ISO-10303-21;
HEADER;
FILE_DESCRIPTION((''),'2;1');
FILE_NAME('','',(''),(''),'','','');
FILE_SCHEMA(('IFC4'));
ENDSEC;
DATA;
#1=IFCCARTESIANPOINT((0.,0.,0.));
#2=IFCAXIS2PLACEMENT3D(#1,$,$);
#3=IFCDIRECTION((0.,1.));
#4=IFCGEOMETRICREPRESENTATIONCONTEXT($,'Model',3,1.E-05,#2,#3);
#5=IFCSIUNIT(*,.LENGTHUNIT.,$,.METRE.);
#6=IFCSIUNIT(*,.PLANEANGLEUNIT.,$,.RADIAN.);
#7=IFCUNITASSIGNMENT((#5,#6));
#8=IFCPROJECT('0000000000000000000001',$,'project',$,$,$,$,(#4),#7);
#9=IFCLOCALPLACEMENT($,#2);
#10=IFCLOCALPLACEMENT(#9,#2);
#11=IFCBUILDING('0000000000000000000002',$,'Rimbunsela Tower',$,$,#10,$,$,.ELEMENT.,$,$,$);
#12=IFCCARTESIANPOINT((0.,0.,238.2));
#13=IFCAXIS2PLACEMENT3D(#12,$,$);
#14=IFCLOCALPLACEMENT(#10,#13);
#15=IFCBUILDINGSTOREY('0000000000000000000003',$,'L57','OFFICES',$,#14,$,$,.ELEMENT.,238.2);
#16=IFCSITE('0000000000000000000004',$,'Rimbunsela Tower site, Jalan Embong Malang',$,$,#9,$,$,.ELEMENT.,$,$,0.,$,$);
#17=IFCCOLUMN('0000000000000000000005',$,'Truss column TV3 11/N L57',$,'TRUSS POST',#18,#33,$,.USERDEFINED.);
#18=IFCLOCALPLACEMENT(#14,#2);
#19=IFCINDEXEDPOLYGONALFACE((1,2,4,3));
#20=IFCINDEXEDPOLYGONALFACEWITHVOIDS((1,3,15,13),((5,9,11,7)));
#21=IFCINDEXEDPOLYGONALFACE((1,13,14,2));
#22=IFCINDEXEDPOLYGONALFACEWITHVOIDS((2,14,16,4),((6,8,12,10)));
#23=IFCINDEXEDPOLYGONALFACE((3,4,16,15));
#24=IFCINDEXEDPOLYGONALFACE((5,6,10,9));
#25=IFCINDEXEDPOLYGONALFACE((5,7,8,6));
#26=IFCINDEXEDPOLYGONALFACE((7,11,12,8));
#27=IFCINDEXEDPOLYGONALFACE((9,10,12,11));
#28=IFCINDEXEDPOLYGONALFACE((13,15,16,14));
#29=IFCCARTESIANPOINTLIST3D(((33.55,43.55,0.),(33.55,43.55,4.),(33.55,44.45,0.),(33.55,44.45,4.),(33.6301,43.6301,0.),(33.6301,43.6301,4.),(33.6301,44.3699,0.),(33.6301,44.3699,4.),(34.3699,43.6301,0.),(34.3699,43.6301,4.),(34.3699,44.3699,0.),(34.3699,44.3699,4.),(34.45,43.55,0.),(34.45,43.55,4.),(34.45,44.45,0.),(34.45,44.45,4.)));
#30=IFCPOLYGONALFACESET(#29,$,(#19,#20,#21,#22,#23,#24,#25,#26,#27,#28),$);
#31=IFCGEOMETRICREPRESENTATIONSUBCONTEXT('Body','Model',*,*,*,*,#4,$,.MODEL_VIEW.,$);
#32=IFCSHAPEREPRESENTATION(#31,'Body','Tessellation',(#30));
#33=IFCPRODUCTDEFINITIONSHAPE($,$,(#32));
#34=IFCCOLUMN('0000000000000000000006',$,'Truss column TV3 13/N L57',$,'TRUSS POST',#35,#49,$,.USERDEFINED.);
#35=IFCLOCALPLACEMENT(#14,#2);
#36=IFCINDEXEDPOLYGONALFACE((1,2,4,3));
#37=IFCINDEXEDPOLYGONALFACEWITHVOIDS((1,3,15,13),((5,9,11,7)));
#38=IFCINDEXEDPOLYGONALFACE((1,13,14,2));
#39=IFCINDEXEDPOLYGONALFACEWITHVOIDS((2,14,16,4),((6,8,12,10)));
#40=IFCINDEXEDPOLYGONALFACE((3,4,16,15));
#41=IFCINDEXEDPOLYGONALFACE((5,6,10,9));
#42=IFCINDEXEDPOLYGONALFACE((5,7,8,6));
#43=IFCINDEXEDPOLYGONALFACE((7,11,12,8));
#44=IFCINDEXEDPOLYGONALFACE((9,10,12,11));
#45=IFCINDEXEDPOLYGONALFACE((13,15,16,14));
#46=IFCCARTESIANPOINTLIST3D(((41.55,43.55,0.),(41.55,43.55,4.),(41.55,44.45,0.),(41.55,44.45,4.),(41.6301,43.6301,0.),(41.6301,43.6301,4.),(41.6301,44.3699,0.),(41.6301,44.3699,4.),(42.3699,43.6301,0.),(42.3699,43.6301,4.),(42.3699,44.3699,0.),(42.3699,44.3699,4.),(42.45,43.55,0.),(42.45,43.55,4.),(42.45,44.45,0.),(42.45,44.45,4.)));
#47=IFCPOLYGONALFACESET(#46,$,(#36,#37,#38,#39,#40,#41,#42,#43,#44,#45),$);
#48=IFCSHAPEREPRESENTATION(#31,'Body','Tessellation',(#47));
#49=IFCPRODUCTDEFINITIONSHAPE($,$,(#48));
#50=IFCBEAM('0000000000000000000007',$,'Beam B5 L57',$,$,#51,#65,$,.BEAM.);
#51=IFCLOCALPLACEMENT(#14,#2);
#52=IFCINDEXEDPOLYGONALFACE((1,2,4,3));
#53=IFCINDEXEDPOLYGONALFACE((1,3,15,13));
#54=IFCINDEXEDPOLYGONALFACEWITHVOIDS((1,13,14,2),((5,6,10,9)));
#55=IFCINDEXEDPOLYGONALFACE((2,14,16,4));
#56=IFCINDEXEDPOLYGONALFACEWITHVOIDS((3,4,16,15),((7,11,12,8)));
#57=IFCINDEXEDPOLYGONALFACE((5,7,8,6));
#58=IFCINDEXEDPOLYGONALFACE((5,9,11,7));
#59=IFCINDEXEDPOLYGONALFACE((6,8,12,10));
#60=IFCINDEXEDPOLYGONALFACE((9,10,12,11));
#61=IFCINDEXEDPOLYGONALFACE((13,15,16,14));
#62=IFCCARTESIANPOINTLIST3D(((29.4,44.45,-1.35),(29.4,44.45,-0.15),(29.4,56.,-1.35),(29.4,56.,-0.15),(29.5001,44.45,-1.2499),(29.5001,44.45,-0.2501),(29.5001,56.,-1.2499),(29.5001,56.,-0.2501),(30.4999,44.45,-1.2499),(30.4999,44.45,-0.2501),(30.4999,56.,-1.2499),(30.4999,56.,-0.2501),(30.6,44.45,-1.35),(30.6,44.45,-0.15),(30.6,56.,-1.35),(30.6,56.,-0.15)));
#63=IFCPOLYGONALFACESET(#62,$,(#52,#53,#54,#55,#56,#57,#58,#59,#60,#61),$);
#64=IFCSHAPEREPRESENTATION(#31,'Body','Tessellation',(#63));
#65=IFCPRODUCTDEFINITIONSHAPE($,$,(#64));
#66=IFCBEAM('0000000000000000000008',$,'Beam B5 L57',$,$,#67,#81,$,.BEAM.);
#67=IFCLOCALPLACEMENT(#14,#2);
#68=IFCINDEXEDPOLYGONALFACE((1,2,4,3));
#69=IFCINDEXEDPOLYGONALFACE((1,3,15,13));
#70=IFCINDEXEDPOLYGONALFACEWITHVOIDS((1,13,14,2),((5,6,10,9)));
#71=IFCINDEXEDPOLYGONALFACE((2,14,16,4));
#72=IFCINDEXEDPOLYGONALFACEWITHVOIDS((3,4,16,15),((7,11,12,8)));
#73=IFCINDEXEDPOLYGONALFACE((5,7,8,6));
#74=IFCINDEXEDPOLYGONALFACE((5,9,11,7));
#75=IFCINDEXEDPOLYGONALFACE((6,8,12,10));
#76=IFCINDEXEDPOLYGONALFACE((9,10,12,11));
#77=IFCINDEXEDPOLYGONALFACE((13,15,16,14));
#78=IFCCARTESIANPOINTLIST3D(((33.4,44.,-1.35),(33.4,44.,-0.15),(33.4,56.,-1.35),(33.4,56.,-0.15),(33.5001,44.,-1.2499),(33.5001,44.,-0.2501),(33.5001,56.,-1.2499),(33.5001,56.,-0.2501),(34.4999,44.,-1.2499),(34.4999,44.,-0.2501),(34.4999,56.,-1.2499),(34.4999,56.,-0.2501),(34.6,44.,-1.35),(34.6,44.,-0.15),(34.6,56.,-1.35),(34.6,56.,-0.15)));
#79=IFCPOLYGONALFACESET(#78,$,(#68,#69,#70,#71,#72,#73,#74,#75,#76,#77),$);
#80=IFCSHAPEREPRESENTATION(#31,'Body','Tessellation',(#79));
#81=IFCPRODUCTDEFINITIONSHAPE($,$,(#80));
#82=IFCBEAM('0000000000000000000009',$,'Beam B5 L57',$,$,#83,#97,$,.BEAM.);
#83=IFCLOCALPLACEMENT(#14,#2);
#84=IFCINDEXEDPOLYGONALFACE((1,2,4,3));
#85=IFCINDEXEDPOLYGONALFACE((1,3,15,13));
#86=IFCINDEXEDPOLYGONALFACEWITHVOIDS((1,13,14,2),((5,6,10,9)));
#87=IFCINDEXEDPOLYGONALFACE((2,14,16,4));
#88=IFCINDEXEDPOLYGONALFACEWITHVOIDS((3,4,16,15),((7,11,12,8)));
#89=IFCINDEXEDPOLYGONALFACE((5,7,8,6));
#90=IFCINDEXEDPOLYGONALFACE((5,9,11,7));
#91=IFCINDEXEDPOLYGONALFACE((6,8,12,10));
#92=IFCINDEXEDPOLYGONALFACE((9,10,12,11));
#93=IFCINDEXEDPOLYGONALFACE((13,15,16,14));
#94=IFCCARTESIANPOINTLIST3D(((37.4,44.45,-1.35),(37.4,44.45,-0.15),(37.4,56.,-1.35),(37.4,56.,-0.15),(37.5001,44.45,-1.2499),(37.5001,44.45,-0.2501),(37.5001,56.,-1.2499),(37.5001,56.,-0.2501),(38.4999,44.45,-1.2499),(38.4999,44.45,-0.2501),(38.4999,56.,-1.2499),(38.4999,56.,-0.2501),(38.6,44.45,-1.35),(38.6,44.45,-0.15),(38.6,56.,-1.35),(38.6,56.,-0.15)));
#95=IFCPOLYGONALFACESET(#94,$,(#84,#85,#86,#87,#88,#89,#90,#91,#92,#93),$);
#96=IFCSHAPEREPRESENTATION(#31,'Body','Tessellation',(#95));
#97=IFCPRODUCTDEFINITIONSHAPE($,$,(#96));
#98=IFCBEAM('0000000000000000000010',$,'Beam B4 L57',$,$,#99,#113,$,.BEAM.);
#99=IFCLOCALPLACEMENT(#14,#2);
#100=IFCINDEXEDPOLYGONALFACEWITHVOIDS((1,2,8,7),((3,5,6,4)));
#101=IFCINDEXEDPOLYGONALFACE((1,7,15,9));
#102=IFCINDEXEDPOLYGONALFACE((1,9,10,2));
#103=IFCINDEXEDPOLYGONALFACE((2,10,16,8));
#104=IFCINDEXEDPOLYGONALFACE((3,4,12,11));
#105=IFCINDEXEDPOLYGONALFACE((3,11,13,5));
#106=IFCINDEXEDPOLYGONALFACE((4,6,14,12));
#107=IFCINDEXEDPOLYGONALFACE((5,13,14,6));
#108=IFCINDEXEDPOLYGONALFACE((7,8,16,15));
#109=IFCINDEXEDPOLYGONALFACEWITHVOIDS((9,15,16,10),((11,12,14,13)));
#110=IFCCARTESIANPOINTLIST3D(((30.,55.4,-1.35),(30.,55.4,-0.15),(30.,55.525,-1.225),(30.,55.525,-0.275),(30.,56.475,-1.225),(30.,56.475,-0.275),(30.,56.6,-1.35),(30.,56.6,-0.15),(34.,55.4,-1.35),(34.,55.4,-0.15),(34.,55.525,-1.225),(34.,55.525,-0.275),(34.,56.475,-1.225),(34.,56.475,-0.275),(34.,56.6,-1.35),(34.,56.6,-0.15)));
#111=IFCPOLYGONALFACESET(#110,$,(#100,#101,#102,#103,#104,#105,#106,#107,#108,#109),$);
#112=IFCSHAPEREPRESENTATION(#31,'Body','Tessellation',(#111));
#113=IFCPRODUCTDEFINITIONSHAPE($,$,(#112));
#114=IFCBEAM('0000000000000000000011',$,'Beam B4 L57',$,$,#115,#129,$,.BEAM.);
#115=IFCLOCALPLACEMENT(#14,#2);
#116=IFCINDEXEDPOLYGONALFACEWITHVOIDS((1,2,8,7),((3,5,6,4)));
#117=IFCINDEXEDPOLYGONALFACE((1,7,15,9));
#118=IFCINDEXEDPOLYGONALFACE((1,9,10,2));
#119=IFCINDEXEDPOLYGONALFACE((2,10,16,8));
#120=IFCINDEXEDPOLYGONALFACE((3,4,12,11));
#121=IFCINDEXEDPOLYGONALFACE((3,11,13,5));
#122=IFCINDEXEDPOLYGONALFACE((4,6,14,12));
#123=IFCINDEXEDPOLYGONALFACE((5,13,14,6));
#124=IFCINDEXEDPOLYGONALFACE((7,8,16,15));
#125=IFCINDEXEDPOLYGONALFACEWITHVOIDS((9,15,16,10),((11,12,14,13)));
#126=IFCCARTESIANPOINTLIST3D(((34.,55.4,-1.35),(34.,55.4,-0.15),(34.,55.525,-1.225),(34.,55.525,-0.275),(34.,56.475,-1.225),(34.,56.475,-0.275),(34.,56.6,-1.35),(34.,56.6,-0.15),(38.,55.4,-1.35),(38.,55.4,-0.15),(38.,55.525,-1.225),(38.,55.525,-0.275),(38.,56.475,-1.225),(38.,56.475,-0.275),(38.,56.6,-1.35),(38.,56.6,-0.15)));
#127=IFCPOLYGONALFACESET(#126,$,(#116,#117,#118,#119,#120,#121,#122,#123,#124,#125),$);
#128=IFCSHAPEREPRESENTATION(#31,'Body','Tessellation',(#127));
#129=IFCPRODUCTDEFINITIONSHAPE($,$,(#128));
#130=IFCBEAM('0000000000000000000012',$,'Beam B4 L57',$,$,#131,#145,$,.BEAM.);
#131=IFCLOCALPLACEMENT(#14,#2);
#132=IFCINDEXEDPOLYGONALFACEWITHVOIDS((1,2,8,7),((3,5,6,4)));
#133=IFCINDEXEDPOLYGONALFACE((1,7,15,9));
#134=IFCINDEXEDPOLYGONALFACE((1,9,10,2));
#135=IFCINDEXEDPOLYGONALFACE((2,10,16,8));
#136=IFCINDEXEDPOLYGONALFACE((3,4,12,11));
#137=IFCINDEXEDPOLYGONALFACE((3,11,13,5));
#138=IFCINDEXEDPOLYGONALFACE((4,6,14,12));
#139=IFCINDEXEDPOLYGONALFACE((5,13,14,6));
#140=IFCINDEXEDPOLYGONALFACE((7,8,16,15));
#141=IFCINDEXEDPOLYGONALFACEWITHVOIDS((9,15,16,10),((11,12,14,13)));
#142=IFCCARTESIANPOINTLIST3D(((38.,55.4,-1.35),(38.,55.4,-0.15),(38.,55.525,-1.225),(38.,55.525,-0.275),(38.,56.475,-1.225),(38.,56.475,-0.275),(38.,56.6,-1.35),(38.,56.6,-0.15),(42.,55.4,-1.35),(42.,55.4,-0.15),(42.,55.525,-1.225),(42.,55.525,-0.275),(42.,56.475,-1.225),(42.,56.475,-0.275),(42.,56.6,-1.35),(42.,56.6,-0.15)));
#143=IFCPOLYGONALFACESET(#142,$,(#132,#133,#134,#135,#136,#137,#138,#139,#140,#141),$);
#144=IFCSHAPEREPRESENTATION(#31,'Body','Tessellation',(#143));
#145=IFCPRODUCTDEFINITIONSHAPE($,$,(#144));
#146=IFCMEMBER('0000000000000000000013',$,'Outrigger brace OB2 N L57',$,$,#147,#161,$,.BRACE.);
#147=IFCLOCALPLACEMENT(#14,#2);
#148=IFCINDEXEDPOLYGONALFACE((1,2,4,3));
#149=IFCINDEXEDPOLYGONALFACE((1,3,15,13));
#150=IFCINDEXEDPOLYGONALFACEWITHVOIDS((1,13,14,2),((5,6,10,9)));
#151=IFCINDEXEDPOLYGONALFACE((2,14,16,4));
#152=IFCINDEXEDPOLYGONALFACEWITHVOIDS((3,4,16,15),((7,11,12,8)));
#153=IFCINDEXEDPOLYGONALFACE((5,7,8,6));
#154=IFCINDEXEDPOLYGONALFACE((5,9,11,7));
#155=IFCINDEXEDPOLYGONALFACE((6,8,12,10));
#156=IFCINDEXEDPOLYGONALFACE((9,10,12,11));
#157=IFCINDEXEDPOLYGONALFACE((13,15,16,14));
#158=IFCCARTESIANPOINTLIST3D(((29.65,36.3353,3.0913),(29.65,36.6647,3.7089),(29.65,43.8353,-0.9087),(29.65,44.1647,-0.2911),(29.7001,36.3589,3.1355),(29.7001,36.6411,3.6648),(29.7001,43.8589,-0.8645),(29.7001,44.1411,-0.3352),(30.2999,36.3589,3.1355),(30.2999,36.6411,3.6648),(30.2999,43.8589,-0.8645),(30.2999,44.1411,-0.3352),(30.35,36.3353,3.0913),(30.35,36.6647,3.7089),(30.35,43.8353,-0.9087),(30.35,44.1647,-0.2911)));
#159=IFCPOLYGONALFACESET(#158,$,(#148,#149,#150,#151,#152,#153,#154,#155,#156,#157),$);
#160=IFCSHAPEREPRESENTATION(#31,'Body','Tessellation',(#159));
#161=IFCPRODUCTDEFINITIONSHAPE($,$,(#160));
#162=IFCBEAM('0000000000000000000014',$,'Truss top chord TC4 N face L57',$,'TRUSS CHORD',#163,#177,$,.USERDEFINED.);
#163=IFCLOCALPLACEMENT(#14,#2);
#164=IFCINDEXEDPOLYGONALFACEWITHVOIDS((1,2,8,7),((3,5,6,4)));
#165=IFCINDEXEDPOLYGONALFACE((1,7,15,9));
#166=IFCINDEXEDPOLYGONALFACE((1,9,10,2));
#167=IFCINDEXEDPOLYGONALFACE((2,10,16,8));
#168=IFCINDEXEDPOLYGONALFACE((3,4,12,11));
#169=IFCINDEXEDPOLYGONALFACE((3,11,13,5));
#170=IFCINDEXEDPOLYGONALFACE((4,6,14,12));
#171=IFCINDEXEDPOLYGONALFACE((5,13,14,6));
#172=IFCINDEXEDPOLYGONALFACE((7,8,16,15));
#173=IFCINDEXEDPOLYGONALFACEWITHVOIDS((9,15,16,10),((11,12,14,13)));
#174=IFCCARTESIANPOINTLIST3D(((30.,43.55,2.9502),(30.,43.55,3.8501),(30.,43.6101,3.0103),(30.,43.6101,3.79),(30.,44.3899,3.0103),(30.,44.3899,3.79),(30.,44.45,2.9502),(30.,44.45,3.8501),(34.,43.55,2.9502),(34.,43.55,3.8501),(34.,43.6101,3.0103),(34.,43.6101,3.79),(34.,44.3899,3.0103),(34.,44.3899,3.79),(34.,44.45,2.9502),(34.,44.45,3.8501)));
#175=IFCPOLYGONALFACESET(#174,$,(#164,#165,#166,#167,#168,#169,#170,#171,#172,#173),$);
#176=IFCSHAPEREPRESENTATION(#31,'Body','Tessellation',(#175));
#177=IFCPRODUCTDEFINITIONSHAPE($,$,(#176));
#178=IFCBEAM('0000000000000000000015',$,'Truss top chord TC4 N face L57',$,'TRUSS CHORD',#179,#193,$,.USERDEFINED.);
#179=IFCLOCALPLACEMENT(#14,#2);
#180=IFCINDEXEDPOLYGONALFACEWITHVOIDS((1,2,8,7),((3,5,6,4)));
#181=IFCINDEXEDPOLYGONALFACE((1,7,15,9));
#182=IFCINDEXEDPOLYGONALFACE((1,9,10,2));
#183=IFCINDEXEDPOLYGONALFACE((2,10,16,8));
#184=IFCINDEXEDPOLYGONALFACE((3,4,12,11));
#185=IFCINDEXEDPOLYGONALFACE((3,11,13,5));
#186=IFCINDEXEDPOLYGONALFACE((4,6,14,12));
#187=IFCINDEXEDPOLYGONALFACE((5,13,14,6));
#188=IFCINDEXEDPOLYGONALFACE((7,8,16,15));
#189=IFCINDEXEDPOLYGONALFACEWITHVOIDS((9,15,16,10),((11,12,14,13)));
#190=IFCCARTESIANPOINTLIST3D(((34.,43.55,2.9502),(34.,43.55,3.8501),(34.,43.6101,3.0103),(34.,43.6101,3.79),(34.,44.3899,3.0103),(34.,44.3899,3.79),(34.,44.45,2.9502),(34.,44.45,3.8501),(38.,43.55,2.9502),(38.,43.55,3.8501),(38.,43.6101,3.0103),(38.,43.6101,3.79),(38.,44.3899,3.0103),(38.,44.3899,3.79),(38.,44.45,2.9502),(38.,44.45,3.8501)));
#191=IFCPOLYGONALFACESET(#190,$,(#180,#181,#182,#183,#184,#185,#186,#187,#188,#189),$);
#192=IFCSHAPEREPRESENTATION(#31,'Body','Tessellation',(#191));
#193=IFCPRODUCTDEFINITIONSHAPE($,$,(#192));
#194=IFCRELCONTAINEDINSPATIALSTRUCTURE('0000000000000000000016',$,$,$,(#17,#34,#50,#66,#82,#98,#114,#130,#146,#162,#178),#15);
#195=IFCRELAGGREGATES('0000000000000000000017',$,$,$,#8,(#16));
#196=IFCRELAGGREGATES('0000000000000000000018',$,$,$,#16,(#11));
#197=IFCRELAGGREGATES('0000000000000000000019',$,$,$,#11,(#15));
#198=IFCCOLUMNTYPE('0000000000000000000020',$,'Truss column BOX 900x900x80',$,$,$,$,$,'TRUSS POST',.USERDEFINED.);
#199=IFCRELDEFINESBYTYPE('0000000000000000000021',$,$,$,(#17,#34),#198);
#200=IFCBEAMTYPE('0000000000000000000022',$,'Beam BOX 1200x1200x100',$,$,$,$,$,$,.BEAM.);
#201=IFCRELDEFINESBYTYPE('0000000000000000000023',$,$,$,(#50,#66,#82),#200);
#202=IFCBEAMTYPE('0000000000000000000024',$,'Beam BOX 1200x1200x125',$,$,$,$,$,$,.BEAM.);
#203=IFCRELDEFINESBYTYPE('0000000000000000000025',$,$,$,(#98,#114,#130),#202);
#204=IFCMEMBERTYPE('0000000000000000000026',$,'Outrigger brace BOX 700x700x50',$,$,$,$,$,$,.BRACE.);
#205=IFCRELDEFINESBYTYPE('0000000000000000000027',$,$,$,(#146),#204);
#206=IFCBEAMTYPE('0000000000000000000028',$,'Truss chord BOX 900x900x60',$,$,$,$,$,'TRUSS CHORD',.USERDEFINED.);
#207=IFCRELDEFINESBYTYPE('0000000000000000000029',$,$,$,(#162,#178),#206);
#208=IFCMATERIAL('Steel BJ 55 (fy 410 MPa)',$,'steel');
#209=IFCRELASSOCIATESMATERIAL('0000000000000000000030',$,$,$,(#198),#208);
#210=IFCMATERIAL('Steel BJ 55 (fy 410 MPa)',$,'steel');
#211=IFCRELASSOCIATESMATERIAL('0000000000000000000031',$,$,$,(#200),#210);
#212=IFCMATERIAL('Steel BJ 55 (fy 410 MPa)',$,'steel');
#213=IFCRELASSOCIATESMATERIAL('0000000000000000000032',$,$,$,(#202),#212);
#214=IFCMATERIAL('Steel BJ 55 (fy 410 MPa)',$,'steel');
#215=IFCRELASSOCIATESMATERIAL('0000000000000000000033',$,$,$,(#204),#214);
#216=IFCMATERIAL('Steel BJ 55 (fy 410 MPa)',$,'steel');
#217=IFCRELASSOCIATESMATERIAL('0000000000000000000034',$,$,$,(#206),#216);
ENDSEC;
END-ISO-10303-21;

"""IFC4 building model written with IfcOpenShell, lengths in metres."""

from ifc_helpers import new_model, si_unit, direction, frame, origin, origin_2d, place, context, subcontext, project, spatial, hollow_rectangle, extrude, material, material_profile, profile_set, type_object, element, save


model = new_model("IFC4")

# Units and contexts
model_context = context("Model", 3, precision=1e-05, world=origin(), true_north=direction((0.0, 1.0)))
body_context = subcontext(model_context, "Body", "Model", "MODEL_VIEW")
ifc_project = project(units=[si_unit("LENGTHUNIT", "METRE"), si_unit("PLANEANGLEUNIT", "RADIAN")], contexts=[model_context])

# Site, building, storey
site_placement = place(None, origin())
site = spatial("IfcSite", under=ifc_project, at=site_placement, Name="Rimbunsela Tower site, Jalan Embong Malang", CompositionType="ELEMENT", RefElevation=0.0)
building_placement = place(site_placement, origin())
building = spatial("IfcBuilding", under=site, at=building_placement, Name="Rimbunsela Tower", CompositionType="ELEMENT")
storey_placement = place(building_placement, frame((0.0, 0.0, 238.2)))
storey = spatial("IfcBuildingStorey", under=building, at=storey_placement, Name="L57", Description="OFFICES", CompositionType="ELEMENT", Elevation=238.2)

# Columns
ifc_material_1 = material(Name="Steel BJ 55 (fy 410 MPa)", Category="steel")
ifc_material_profile_1 = material_profile(ifc_material_1, hollow_rectangle(XDim=0.8999, YDim=0.8999, WallThickness=0.0801, at=origin_2d()), Name="BOX 900x900x80")
ifc_profile_set_1 = profile_set([ifc_material_profile_1], Name="Steel BJ 55 (fy 410 MPa)")
column_type = type_object("IfcColumnType", Name="Truss column BOX 900x900x80", ElementType="TRUSS POST", PredefinedType="USERDEFINED", material=ifc_profile_set_1)
for number, where, z_axis, x_axis, name in (
    (1, (34.0, 44.0, 0.0), (0.0, 0.0, 1.0), (1.0, 0.0, 0.0), "Truss column TV3 11/N L57"),
    (2, (42.0, 44.0, 0.0), (0.0, 0.0, 1.0), (1.0, 0.0, 0.0), "Truss column TV3 13/N L57"),
):
    element("IfcColumn", number, at=place(storey_placement, frame(where, z_axis=z_axis, x_axis=x_axis)), inside=storey, type_object=column_type, Name=name, ObjectType="TRUSS POST", PredefinedType="USERDEFINED", context=body_context, shape_type="SweptSolid", body=[
        extrude(hollow_rectangle(XDim=0.8999, YDim=0.8999, WallThickness=0.0801, at=origin_2d()), origin(), (0.0, 0.0, 1.0), 4.0),
    ])

# Beams
ifc_material_2 = material(Name="Steel BJ 55 (fy 410 MPa)", Category="steel")
ifc_material_profile_2 = material_profile(ifc_material_2, hollow_rectangle(XDim=1.2, YDim=1.2, WallThickness=0.1001, at=origin_2d()), Name="BOX 1200x1200x100")
ifc_profile_set_2 = profile_set([ifc_material_profile_2], Name="Steel BJ 55 (fy 410 MPa)")
beam_type_1 = type_object("IfcBeamType", Name="Beam BOX 1200x1200x100", PredefinedType="BEAM", material=ifc_profile_set_2)
beam_1_placement = place(storey_placement, frame((30.0, 44.45, -0.75), z_axis=(0.0, 1.0, 0.0), x_axis=(-1.0, 0.0, 0.0)))
element("IfcBeam", 3, at=beam_1_placement, inside=storey, type_object=beam_type_1, Name="Beam B5 L57", PredefinedType="BEAM", context=body_context, shape_type="SweptSolid", body=[
    extrude(hollow_rectangle(XDim=1.2, YDim=1.2, WallThickness=0.1001, at=origin_2d()), origin(), (0.0, 0.0, 1.0), 11.55),
])
beam_2_placement = place(storey_placement, frame((34.0, 44.0, -0.75), z_axis=(0.0, 1.0, 0.0), x_axis=(-1.0, 0.0, 0.0)))
element("IfcBeam", 4, at=beam_2_placement, inside=storey, type_object=beam_type_1, Name="Beam B5 L57", PredefinedType="BEAM", context=body_context, shape_type="SweptSolid", body=[
    extrude(hollow_rectangle(XDim=1.2, YDim=1.2, WallThickness=0.1001, at=origin_2d()), origin(), (0.0, 0.0, 1.0), 12.0),
])
beam_3_placement = place(storey_placement, frame((38.0, 44.45, -0.75), z_axis=(0.0, 1.0, 0.0), x_axis=(-1.0, 0.0, 0.0)))
element("IfcBeam", 5, at=beam_3_placement, inside=storey, type_object=beam_type_1, Name="Beam B5 L57", PredefinedType="BEAM", context=body_context, shape_type="SweptSolid", body=[
    extrude(hollow_rectangle(XDim=1.2, YDim=1.2, WallThickness=0.1001, at=origin_2d()), origin(), (0.0, 0.0, 1.0), 11.55),
])
ifc_material_3 = material(Name="Steel BJ 55 (fy 410 MPa)", Category="steel")
ifc_material_profile_3 = material_profile(ifc_material_3, hollow_rectangle(XDim=1.2, YDim=1.2, WallThickness=0.125, at=origin_2d()), Name="BOX 1200x1200x125")
ifc_profile_set_3 = profile_set([ifc_material_profile_3], Name="Steel BJ 55 (fy 410 MPa)")
beam_type_2 = type_object("IfcBeamType", Name="Beam BOX 1200x1200x125", PredefinedType="BEAM", material=ifc_profile_set_3)
for number, where, z_axis, x_axis, name in (
    (6, (30.0, 56.0, -0.75), (1.0, 0.0, 0.0), (0.0, 1.0, 0.0), "Beam B4 L57"),
    (7, (34.0, 56.0, -0.75), (1.0, 0.0, 0.0), (0.0, 1.0, 0.0), "Beam B4 L57"),
    (8, (38.0, 56.0, -0.75), (1.0, 0.0, 0.0), (0.0, 1.0, 0.0), "Beam B4 L57"),
):
    element("IfcBeam", number, at=place(storey_placement, frame(where, z_axis=z_axis, x_axis=x_axis)), inside=storey, type_object=beam_type_2, Name=name, PredefinedType="BEAM", context=body_context, shape_type="SweptSolid", body=[
        extrude(hollow_rectangle(XDim=1.2, YDim=1.2, WallThickness=0.125, at=origin_2d()), origin(), (0.0, 0.0, 1.0), 4.0),
    ])

# Member
ifc_material_4 = material(Name="Steel BJ 55 (fy 410 MPa)", Category="steel")
ifc_material_profile_4 = material_profile(ifc_material_4, hollow_rectangle(XDim=0.7, YDim=0.7, WallThickness=0.05, at=origin_2d()), Name="BOX 700x700x50")
ifc_profile_set_4 = profile_set([ifc_material_profile_4], Name="Steel BJ 55 (fy 410 MPa)")
member_type_1 = type_object("IfcMemberType", Name="Outrigger brace BOX 700x700x50", PredefinedType="BRACE", material=ifc_profile_set_4)
member_placement = place(storey_placement, frame((30.0, 44.0, -0.5999), z_axis=(0.0, -0.882353, 0.470588), x_axis=(1.0, 0.0, 0.0)))
element("IfcMember", 9, at=member_placement, inside=storey, type_object=member_type_1, Name="Outrigger brace OB2 N L57", PredefinedType="BRACE", context=body_context, shape_type="SweptSolid", body=[
    extrude(hollow_rectangle(XDim=0.7, YDim=0.7, WallThickness=0.05, at=origin_2d()), origin(), (0.0, 0.0, 1.0), 8.5),
])

# Beams
ifc_material_5 = material(Name="Steel BJ 55 (fy 410 MPa)", Category="steel")
ifc_material_profile_5 = material_profile(ifc_material_5, hollow_rectangle(XDim=0.8999, YDim=0.8999, WallThickness=0.0601, at=origin_2d()), Name="BOX 900x900x60")
ifc_profile_set_5 = profile_set([ifc_material_profile_5], Name="Steel BJ 55 (fy 410 MPa)")
beam_type_3 = type_object("IfcBeamType", Name="Truss chord BOX 900x900x60", ElementType="TRUSS CHORD", PredefinedType="USERDEFINED", material=ifc_profile_set_5)
for number, where, z_axis, x_axis, name in (
    (10, (30.0, 44.0, 3.4001), (1.0, 0.0, 0.0), (0.0, 1.0, 0.0), "Truss top chord TC4 N face L57"),
    (11, (34.0, 44.0, 3.4001), (1.0, 0.0, 0.0), (0.0, 1.0, 0.0), "Truss top chord TC4 N face L57"),
):
    element("IfcBeam", number, at=place(storey_placement, frame(where, z_axis=z_axis, x_axis=x_axis)), inside=storey, type_object=beam_type_3, Name=name, ObjectType="TRUSS CHORD", PredefinedType="USERDEFINED", context=body_context, shape_type="SweptSolid", body=[
        extrude(hollow_rectangle(XDim=0.8999, YDim=0.8999, WallThickness=0.0601, at=origin_2d()), origin(), (0.0, 0.0, 1.0), 4.0),
    ])

save(model, "model.ifc")
